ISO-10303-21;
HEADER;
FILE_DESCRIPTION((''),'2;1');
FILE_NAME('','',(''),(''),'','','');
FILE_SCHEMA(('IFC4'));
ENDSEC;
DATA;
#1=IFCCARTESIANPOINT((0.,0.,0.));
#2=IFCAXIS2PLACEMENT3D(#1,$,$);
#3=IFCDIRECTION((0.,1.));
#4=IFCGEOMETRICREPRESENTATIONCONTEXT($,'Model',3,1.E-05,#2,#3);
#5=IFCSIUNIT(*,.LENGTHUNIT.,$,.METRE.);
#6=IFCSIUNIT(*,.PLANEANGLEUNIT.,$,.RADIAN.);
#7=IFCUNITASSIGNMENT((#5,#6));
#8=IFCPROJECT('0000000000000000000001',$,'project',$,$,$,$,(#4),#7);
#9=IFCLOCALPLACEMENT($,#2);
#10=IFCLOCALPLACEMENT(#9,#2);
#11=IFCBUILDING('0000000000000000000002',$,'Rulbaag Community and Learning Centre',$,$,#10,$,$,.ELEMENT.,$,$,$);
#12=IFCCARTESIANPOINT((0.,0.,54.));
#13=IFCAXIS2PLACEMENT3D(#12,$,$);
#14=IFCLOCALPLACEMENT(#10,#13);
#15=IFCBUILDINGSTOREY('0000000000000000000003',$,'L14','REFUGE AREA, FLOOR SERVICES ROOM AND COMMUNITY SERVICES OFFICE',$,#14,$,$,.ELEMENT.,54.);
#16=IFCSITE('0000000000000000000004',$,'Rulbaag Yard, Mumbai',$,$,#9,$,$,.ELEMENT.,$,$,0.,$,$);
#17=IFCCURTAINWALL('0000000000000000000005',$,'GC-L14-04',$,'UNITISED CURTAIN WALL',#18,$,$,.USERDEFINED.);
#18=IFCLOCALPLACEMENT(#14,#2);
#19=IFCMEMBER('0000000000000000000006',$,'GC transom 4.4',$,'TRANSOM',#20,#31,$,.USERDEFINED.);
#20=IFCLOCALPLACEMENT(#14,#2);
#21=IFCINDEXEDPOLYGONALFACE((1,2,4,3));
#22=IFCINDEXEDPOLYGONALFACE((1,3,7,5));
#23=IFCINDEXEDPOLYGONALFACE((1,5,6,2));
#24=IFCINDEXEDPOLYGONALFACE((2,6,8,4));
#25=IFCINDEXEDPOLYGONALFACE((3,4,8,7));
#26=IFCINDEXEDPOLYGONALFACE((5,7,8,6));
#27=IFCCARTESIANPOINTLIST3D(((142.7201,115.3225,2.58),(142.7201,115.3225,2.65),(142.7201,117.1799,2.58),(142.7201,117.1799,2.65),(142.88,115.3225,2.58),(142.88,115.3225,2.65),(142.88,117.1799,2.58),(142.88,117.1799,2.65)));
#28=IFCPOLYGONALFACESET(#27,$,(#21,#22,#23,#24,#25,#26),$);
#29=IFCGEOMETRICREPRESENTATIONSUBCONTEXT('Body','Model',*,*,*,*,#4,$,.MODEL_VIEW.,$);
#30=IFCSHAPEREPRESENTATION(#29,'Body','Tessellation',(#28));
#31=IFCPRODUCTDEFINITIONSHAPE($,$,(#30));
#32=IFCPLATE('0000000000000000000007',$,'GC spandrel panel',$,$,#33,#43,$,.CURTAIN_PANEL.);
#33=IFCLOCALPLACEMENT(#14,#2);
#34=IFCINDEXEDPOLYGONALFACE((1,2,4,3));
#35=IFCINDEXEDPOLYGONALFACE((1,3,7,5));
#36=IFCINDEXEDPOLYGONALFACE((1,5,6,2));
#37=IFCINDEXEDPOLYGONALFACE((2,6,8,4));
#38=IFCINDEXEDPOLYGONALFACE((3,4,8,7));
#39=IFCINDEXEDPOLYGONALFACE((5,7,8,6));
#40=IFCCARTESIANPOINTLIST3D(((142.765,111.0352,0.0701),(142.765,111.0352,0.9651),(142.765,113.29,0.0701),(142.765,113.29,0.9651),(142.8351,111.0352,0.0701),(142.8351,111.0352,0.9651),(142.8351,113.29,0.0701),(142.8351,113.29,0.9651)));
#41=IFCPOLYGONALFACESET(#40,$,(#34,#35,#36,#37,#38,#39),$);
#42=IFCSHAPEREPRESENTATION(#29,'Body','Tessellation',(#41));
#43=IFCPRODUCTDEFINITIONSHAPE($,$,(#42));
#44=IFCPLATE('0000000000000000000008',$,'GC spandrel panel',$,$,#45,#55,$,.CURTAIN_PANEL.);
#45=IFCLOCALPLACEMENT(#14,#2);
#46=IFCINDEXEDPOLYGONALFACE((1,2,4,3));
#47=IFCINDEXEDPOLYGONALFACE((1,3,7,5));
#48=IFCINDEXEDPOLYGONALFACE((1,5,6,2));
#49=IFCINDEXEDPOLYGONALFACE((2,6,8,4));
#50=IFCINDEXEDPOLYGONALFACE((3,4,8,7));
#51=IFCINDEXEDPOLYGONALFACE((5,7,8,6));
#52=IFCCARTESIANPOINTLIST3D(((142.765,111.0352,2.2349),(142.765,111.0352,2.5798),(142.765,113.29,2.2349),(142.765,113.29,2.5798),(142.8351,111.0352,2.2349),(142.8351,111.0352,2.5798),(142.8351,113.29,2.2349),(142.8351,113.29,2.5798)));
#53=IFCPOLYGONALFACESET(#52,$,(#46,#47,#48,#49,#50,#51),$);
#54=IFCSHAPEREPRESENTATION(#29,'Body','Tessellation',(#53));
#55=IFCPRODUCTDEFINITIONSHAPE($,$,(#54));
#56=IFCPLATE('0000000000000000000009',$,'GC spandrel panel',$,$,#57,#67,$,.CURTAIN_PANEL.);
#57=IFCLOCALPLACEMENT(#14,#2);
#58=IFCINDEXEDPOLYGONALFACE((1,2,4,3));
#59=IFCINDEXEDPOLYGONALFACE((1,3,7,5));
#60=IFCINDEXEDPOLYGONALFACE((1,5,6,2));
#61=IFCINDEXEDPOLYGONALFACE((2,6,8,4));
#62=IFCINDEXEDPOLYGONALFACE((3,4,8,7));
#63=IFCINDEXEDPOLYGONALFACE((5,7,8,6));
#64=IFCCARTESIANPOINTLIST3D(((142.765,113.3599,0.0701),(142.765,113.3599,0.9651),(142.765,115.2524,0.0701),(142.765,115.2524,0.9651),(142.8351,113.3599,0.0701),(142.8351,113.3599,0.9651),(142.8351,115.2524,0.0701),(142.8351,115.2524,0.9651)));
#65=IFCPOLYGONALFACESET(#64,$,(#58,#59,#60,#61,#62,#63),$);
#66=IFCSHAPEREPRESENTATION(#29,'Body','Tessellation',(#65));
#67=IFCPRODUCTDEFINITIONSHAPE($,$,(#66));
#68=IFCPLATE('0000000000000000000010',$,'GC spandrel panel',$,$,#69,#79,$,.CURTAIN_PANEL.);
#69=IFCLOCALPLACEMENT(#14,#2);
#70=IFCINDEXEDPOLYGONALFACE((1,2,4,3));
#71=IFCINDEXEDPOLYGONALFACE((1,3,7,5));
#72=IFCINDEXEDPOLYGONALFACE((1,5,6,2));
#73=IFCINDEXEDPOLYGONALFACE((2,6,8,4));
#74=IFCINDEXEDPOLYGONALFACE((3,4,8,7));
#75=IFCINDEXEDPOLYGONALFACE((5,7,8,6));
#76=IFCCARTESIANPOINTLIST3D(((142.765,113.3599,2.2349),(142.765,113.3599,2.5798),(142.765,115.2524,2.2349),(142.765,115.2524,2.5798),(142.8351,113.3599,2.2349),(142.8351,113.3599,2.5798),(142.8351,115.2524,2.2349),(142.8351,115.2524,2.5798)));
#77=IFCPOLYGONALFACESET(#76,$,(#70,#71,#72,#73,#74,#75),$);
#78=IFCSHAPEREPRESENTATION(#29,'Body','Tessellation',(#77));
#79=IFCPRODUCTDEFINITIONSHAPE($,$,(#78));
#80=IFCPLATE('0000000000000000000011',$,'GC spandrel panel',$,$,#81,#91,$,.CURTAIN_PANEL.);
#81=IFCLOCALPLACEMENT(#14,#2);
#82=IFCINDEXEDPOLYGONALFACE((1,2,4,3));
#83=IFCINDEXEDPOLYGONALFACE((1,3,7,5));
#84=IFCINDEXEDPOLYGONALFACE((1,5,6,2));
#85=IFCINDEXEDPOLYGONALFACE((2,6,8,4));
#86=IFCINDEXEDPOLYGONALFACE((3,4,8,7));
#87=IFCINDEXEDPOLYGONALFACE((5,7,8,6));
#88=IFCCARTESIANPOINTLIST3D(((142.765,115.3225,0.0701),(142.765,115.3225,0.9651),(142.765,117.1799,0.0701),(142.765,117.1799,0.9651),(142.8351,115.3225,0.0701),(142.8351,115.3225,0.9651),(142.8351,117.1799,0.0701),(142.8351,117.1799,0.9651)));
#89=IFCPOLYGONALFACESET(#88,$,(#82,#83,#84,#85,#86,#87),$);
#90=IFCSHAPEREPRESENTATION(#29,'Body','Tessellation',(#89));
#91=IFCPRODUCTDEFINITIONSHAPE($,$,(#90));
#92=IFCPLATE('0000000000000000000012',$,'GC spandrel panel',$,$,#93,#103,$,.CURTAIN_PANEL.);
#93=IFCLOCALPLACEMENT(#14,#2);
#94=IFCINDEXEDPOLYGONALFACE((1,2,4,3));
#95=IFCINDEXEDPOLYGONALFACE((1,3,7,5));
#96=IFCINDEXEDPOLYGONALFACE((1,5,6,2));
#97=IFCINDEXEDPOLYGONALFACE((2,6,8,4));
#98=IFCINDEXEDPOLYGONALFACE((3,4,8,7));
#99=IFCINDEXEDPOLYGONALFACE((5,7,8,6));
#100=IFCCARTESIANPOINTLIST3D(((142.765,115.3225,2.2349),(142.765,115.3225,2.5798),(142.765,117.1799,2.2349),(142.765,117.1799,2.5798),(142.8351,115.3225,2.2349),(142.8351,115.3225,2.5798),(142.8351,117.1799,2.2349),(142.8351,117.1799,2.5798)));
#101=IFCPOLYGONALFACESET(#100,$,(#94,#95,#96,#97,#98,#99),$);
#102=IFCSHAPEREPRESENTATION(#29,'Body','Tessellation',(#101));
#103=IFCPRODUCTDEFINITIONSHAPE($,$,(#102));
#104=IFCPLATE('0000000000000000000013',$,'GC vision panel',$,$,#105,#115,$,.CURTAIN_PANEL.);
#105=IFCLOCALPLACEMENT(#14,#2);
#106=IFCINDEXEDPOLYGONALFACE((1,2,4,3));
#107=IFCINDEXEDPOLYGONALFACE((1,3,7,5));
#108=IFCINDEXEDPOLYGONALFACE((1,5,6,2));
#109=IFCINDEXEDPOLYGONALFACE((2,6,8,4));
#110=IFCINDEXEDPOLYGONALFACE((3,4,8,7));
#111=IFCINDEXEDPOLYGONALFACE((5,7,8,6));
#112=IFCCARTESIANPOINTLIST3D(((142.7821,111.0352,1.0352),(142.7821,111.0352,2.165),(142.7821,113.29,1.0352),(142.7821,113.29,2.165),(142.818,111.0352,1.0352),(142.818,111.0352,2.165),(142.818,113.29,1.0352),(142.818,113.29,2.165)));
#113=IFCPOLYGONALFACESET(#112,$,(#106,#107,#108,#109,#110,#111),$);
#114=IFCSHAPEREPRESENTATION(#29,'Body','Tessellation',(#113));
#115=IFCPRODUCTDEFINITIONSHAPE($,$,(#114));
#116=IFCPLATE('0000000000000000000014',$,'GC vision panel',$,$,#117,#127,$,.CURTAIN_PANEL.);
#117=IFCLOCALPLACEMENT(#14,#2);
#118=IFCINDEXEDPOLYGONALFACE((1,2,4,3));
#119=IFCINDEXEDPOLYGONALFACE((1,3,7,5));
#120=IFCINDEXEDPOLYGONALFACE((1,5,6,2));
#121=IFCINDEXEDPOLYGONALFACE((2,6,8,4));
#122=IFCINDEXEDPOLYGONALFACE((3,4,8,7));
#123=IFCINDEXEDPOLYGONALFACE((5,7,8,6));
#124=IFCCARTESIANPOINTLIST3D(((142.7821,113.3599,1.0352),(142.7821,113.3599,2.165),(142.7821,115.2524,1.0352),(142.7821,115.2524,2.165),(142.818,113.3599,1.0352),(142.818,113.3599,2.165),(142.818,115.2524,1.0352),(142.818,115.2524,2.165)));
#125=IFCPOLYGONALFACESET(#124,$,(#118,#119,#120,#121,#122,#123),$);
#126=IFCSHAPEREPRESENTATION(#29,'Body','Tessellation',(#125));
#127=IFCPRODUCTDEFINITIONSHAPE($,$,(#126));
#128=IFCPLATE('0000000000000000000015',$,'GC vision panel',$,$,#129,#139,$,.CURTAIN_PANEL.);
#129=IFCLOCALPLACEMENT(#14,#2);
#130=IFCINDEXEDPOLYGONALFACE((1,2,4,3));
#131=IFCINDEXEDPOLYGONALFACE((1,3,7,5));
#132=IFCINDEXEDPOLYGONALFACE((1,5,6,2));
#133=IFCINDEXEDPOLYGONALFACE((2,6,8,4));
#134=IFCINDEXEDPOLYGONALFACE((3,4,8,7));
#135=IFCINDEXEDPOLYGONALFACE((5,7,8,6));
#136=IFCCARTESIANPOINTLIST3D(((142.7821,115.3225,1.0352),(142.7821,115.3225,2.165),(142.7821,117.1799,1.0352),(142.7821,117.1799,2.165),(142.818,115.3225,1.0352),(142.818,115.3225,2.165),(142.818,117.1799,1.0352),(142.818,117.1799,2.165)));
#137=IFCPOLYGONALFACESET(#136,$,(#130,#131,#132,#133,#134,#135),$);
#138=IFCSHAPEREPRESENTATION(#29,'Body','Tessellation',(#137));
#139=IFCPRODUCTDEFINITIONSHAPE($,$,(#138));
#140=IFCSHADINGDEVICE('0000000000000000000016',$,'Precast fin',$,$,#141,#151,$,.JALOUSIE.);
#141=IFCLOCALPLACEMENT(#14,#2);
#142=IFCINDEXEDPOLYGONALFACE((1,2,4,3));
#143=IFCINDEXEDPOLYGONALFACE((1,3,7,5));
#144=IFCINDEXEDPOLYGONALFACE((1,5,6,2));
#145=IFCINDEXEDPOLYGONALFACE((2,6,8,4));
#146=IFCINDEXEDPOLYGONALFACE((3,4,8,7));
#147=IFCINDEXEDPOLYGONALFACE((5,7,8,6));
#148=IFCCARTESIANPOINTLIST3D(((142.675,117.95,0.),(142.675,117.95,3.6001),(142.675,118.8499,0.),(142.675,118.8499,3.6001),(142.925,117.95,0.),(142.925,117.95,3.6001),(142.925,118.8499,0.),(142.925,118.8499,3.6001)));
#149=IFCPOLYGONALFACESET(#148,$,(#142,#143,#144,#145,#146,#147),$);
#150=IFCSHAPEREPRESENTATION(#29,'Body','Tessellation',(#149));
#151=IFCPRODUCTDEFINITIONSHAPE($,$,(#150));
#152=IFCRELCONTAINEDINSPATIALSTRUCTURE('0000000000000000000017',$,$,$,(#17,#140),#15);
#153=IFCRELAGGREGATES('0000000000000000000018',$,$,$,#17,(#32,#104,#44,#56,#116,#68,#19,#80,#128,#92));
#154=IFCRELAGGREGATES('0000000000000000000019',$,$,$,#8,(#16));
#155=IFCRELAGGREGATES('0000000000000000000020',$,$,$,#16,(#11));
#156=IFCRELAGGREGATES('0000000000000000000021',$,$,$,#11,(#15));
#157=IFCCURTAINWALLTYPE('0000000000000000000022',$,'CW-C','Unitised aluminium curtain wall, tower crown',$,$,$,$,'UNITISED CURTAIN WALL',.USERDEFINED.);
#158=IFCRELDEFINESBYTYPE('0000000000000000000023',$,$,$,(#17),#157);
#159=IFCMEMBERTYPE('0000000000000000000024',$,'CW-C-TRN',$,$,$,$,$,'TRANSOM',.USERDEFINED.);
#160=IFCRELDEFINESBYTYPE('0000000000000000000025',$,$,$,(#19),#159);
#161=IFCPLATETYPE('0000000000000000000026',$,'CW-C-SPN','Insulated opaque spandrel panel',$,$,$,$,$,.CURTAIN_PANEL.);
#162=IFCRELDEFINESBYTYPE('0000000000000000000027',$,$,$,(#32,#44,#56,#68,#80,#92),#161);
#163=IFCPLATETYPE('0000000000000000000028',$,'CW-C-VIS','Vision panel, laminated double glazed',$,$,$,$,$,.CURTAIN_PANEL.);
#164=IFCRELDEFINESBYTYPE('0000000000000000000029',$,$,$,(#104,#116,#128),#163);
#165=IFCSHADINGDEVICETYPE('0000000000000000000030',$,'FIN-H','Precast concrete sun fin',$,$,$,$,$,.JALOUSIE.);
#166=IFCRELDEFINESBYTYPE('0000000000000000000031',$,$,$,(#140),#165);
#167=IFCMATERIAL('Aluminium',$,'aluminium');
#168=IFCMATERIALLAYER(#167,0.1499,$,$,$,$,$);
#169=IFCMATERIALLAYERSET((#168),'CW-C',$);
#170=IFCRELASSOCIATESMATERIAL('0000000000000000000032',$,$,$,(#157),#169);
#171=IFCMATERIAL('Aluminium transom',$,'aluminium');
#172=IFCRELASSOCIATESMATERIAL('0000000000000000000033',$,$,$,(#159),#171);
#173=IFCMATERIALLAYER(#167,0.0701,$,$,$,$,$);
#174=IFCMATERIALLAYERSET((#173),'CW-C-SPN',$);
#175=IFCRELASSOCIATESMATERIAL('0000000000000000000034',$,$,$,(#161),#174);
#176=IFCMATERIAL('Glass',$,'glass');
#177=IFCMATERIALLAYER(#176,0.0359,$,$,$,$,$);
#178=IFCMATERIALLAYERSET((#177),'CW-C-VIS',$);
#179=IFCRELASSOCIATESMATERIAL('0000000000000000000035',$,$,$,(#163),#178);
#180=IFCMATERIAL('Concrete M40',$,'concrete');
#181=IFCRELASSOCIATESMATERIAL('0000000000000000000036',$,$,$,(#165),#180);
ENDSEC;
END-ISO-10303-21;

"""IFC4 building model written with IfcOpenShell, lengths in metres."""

from ifc_helpers import new_model, si_unit, direction, frame, origin, origin_2d, place, context, subcontext, project, spatial, rectangle, extrude, material, layer, layer_set, material_profile, profile_set, type_object, element, aggregate, save


model = new_model("IFC4")

# Units and contexts
model_context = context("Model", 3, precision=1e-05, world=origin(), true_north=direction((0.0, 1.0)))
body_context = subcontext(model_context, "Body", "Model", "MODEL_VIEW")
ifc_project = project(units=[si_unit("LENGTHUNIT", "METRE"), si_unit("PLANEANGLEUNIT", "RADIAN")], contexts=[model_context])

# Site, building, storey
site_placement = place(None, origin())
site = spatial("IfcSite", under=ifc_project, at=site_placement, Name="Rulbaag Yard, Mumbai", CompositionType="ELEMENT", RefElevation=0.0)
building_placement = place(site_placement, origin())
building = spatial("IfcBuilding", under=site, at=building_placement, Name="Rulbaag Community and Learning Centre", CompositionType="ELEMENT")
storey_placement = place(building_placement, frame((0.0, 0.0, 54.0)))
storey = spatial("IfcBuildingStorey", under=building, at=storey_placement, Name="L14", Description="REFUGE AREA, FLOOR SERVICES ROOM AND COMMUNITY SERVICES OFFICE", CompositionType="ELEMENT", Elevation=54.0)

# Shared definitions
ifc_material_1 = material(Name="Concrete M40", Category="concrete")

# Shared definitions
ifc_material_2 = material(Name="Aluminium", Category="aluminium")
ifc_layer_1 = layer(ifc_material_2, 0.1499)
ifc_layer_set_1 = layer_set([ifc_layer_1], Name="CW-C")
curtain_wall_type = type_object("IfcCurtainWallType", Name="CW-C", Description="Unitised aluminium curtain wall, tower crown", ElementType="UNITISED CURTAIN WALL", PredefinedType="USERDEFINED", material=ifc_layer_set_1)

# Curtain wall, member, plates
curtain_wall_1_placement = place(storey_placement, origin())
curtain_wall_1 = element("IfcCurtainWall", 1, at=curtain_wall_1_placement, inside=storey, type_object=curtain_wall_type, Name="GC-L14-04", ObjectType="UNITISED CURTAIN WALL", PredefinedType="USERDEFINED")
ifc_material_3 = material(Name="Aluminium transom", Category="aluminium")
ifc_material_profile_1 = material_profile(ifc_material_3, rectangle(XDim=0.1599, YDim=0.0701, at=origin_2d()), Name="AL 70x160 T")
ifc_profile_set_1 = profile_set([ifc_material_profile_1], Name="Aluminium transom")
member_type_1 = type_object("IfcMemberType", Name="CW-C-TRN", ElementType="TRANSOM", PredefinedType="USERDEFINED", material=ifc_profile_set_1)
member_1_placement = place(storey_placement, frame((142.8, 115.3225, 2.615), z_axis=(0.0, 1.0, 0.0), x_axis=(-1.0, 0.0, 0.0)))
member_1 = element("IfcMember", 2, at=member_1_placement, type_object=member_type_1, Name="GC transom 4.4", ObjectType="TRANSOM", PredefinedType="USERDEFINED", context=body_context, shape_type="SweptSolid", body=[
    extrude(rectangle(XDim=0.1599, YDim=0.0701, at=origin_2d()), origin(), (0.0, 0.0, 1.0), 1.8574),
])
ifc_layer_2 = layer(ifc_material_2, 0.0701)
ifc_layer_set_2 = layer_set([ifc_layer_2], Name="CW-C-SPN")
plate_type_1 = type_object("IfcPlateType", Name="CW-C-SPN", Description="Insulated opaque spandrel panel", PredefinedType="CURTAIN_PANEL", material=ifc_layer_set_2)
plate_1_placement = place(storey_placement, frame((142.8, 112.1626, 0.0701), z_axis=(0.0, 0.0, 1.0), x_axis=(0.0, 1.0, 0.0)))
plate_1 = element("IfcPlate", 3, at=plate_1_placement, type_object=plate_type_1, Name="GC spandrel panel", PredefinedType="CURTAIN_PANEL", context=body_context, shape_type="SweptSolid", body=[
    extrude(rectangle(XDim=2.2549, YDim=0.0701, at=origin_2d()), origin(), (0.0, 0.0, 1.0), 0.895),
])
plate_2_placement = place(storey_placement, frame((142.8, 112.1626, 2.2349), z_axis=(0.0, 0.0, 1.0), x_axis=(0.0, 1.0, 0.0)))
plate_2 = element("IfcPlate", 4, at=plate_2_placement, type_object=plate_type_1, Name="GC spandrel panel", PredefinedType="CURTAIN_PANEL", context=body_context, shape_type="SweptSolid", body=[
    extrude(rectangle(XDim=2.2549, YDim=0.0701, at=origin_2d()), origin(), (0.0, 0.0, 1.0), 0.345),
])
plate_3_placement = place(storey_placement, frame((142.8, 114.3062, 0.0701), z_axis=(0.0, 0.0, 1.0), x_axis=(0.0, 1.0, 0.0)))
plate_3 = element("IfcPlate", 5, at=plate_3_placement, type_object=plate_type_1, Name="GC spandrel panel", PredefinedType="CURTAIN_PANEL", context=body_context, shape_type="SweptSolid", body=[
    extrude(rectangle(XDim=1.8926, YDim=0.0701, at=origin_2d()), origin(), (0.0, 0.0, 1.0), 0.895),
])
plate_4_placement = place(storey_placement, frame((142.8, 114.3062, 2.2349), z_axis=(0.0, 0.0, 1.0), x_axis=(0.0, 1.0, 0.0)))
plate_4 = element("IfcPlate", 6, at=plate_4_placement, type_object=plate_type_1, Name="GC spandrel panel", PredefinedType="CURTAIN_PANEL", context=body_context, shape_type="SweptSolid", body=[
    extrude(rectangle(XDim=1.8926, YDim=0.0701, at=origin_2d()), origin(), (0.0, 0.0, 1.0), 0.345),
])
plate_5_placement = place(storey_placement, frame((142.8, 116.2512, 0.0701), z_axis=(0.0, 0.0, 1.0), x_axis=(0.0, 1.0, 0.0)))
plate_5 = element("IfcPlate", 7, at=plate_5_placement, type_object=plate_type_1, Name="GC spandrel panel", PredefinedType="CURTAIN_PANEL", context=body_context, shape_type="SweptSolid", body=[
    extrude(rectangle(XDim=1.8574, YDim=0.0701, at=origin_2d()), origin(), (0.0, 0.0, 1.0), 0.895),
])
plate_6_placement = place(storey_placement, frame((142.8, 116.2512, 2.2349), z_axis=(0.0, 0.0, 1.0), x_axis=(0.0, 1.0, 0.0)))
plate_6 = element("IfcPlate", 8, at=plate_6_placement, type_object=plate_type_1, Name="GC spandrel panel", PredefinedType="CURTAIN_PANEL", context=body_context, shape_type="SweptSolid", body=[
    extrude(rectangle(XDim=1.8574, YDim=0.0701, at=origin_2d()), origin(), (0.0, 0.0, 1.0), 0.345),
])
ifc_material_4 = material(Name="Glass", Category="glass")
ifc_layer_3 = layer(ifc_material_4, 0.0359)
ifc_layer_set_3 = layer_set([ifc_layer_3], Name="CW-C-VIS")
plate_type_2 = type_object("IfcPlateType", Name="CW-C-VIS", Description="Vision panel, laminated double glazed", PredefinedType="CURTAIN_PANEL", material=ifc_layer_set_3)
plate_7_placement = place(storey_placement, frame((142.8, 112.1626, 1.0352), z_axis=(0.0, 0.0, 1.0), x_axis=(0.0, 1.0, 0.0)))
plate_7 = element("IfcPlate", 9, at=plate_7_placement, type_object=plate_type_2, Name="GC vision panel", PredefinedType="CURTAIN_PANEL", context=body_context, shape_type="SweptSolid", body=[
    extrude(rectangle(XDim=2.2549, YDim=0.0359, at=origin_2d()), origin(), (0.0, 0.0, 1.0), 1.1299),
])
plate_8_placement = place(storey_placement, frame((142.8, 114.3062, 1.0352), z_axis=(0.0, 0.0, 1.0), x_axis=(0.0, 1.0, 0.0)))
plate_8 = element("IfcPlate", 10, at=plate_8_placement, type_object=plate_type_2, Name="GC vision panel", PredefinedType="CURTAIN_PANEL", context=body_context, shape_type="SweptSolid", body=[
    extrude(rectangle(XDim=1.8926, YDim=0.0359, at=origin_2d()), origin(), (0.0, 0.0, 1.0), 1.1299),
])
plate_9_placement = place(storey_placement, frame((142.8, 116.2512, 1.0352), z_axis=(0.0, 0.0, 1.0), x_axis=(0.0, 1.0, 0.0)))
plate_9 = element("IfcPlate", 11, at=plate_9_placement, type_object=plate_type_2, Name="GC vision panel", PredefinedType="CURTAIN_PANEL", context=body_context, shape_type="SweptSolid", body=[
    extrude(rectangle(XDim=1.8574, YDim=0.0359, at=origin_2d()), origin(), (0.0, 0.0, 1.0), 1.1299),
])
aggregate(curtain_wall_1, [plate_1, plate_7, plate_2, plate_3, plate_8, plate_4, member_1, plate_5, plate_9, plate_6])

# Shading device
ifc_material_profile_2 = material_profile(ifc_material_1, rectangle(XDim=0.25, YDim=0.8999, at=origin_2d()), Name="PC 250x900")
ifc_profile_set_2 = profile_set([ifc_material_profile_2], Name="Concrete M40")
shading_device_type = type_object("IfcShadingDeviceType", Name="FIN-H", Description="Precast concrete sun fin", PredefinedType="JALOUSIE", material=ifc_profile_set_2)
shading_device_placement = place(storey_placement, frame((142.8, 118.3999, 0.0), z_axis=(0.0, 0.0, 1.0), x_axis=(1.0, 0.0, 0.0)))
element("IfcShadingDevice", 12, at=shading_device_placement, inside=storey, type_object=shading_device_type, Name="Precast fin", PredefinedType="JALOUSIE", context=body_context, shape_type="SweptSolid", body=[
    extrude(rectangle(XDim=0.25, YDim=0.8999, at=origin_2d()), origin(), (0.0, 0.0, 1.0), 3.6001),
])

save(model, "model.ifc")
